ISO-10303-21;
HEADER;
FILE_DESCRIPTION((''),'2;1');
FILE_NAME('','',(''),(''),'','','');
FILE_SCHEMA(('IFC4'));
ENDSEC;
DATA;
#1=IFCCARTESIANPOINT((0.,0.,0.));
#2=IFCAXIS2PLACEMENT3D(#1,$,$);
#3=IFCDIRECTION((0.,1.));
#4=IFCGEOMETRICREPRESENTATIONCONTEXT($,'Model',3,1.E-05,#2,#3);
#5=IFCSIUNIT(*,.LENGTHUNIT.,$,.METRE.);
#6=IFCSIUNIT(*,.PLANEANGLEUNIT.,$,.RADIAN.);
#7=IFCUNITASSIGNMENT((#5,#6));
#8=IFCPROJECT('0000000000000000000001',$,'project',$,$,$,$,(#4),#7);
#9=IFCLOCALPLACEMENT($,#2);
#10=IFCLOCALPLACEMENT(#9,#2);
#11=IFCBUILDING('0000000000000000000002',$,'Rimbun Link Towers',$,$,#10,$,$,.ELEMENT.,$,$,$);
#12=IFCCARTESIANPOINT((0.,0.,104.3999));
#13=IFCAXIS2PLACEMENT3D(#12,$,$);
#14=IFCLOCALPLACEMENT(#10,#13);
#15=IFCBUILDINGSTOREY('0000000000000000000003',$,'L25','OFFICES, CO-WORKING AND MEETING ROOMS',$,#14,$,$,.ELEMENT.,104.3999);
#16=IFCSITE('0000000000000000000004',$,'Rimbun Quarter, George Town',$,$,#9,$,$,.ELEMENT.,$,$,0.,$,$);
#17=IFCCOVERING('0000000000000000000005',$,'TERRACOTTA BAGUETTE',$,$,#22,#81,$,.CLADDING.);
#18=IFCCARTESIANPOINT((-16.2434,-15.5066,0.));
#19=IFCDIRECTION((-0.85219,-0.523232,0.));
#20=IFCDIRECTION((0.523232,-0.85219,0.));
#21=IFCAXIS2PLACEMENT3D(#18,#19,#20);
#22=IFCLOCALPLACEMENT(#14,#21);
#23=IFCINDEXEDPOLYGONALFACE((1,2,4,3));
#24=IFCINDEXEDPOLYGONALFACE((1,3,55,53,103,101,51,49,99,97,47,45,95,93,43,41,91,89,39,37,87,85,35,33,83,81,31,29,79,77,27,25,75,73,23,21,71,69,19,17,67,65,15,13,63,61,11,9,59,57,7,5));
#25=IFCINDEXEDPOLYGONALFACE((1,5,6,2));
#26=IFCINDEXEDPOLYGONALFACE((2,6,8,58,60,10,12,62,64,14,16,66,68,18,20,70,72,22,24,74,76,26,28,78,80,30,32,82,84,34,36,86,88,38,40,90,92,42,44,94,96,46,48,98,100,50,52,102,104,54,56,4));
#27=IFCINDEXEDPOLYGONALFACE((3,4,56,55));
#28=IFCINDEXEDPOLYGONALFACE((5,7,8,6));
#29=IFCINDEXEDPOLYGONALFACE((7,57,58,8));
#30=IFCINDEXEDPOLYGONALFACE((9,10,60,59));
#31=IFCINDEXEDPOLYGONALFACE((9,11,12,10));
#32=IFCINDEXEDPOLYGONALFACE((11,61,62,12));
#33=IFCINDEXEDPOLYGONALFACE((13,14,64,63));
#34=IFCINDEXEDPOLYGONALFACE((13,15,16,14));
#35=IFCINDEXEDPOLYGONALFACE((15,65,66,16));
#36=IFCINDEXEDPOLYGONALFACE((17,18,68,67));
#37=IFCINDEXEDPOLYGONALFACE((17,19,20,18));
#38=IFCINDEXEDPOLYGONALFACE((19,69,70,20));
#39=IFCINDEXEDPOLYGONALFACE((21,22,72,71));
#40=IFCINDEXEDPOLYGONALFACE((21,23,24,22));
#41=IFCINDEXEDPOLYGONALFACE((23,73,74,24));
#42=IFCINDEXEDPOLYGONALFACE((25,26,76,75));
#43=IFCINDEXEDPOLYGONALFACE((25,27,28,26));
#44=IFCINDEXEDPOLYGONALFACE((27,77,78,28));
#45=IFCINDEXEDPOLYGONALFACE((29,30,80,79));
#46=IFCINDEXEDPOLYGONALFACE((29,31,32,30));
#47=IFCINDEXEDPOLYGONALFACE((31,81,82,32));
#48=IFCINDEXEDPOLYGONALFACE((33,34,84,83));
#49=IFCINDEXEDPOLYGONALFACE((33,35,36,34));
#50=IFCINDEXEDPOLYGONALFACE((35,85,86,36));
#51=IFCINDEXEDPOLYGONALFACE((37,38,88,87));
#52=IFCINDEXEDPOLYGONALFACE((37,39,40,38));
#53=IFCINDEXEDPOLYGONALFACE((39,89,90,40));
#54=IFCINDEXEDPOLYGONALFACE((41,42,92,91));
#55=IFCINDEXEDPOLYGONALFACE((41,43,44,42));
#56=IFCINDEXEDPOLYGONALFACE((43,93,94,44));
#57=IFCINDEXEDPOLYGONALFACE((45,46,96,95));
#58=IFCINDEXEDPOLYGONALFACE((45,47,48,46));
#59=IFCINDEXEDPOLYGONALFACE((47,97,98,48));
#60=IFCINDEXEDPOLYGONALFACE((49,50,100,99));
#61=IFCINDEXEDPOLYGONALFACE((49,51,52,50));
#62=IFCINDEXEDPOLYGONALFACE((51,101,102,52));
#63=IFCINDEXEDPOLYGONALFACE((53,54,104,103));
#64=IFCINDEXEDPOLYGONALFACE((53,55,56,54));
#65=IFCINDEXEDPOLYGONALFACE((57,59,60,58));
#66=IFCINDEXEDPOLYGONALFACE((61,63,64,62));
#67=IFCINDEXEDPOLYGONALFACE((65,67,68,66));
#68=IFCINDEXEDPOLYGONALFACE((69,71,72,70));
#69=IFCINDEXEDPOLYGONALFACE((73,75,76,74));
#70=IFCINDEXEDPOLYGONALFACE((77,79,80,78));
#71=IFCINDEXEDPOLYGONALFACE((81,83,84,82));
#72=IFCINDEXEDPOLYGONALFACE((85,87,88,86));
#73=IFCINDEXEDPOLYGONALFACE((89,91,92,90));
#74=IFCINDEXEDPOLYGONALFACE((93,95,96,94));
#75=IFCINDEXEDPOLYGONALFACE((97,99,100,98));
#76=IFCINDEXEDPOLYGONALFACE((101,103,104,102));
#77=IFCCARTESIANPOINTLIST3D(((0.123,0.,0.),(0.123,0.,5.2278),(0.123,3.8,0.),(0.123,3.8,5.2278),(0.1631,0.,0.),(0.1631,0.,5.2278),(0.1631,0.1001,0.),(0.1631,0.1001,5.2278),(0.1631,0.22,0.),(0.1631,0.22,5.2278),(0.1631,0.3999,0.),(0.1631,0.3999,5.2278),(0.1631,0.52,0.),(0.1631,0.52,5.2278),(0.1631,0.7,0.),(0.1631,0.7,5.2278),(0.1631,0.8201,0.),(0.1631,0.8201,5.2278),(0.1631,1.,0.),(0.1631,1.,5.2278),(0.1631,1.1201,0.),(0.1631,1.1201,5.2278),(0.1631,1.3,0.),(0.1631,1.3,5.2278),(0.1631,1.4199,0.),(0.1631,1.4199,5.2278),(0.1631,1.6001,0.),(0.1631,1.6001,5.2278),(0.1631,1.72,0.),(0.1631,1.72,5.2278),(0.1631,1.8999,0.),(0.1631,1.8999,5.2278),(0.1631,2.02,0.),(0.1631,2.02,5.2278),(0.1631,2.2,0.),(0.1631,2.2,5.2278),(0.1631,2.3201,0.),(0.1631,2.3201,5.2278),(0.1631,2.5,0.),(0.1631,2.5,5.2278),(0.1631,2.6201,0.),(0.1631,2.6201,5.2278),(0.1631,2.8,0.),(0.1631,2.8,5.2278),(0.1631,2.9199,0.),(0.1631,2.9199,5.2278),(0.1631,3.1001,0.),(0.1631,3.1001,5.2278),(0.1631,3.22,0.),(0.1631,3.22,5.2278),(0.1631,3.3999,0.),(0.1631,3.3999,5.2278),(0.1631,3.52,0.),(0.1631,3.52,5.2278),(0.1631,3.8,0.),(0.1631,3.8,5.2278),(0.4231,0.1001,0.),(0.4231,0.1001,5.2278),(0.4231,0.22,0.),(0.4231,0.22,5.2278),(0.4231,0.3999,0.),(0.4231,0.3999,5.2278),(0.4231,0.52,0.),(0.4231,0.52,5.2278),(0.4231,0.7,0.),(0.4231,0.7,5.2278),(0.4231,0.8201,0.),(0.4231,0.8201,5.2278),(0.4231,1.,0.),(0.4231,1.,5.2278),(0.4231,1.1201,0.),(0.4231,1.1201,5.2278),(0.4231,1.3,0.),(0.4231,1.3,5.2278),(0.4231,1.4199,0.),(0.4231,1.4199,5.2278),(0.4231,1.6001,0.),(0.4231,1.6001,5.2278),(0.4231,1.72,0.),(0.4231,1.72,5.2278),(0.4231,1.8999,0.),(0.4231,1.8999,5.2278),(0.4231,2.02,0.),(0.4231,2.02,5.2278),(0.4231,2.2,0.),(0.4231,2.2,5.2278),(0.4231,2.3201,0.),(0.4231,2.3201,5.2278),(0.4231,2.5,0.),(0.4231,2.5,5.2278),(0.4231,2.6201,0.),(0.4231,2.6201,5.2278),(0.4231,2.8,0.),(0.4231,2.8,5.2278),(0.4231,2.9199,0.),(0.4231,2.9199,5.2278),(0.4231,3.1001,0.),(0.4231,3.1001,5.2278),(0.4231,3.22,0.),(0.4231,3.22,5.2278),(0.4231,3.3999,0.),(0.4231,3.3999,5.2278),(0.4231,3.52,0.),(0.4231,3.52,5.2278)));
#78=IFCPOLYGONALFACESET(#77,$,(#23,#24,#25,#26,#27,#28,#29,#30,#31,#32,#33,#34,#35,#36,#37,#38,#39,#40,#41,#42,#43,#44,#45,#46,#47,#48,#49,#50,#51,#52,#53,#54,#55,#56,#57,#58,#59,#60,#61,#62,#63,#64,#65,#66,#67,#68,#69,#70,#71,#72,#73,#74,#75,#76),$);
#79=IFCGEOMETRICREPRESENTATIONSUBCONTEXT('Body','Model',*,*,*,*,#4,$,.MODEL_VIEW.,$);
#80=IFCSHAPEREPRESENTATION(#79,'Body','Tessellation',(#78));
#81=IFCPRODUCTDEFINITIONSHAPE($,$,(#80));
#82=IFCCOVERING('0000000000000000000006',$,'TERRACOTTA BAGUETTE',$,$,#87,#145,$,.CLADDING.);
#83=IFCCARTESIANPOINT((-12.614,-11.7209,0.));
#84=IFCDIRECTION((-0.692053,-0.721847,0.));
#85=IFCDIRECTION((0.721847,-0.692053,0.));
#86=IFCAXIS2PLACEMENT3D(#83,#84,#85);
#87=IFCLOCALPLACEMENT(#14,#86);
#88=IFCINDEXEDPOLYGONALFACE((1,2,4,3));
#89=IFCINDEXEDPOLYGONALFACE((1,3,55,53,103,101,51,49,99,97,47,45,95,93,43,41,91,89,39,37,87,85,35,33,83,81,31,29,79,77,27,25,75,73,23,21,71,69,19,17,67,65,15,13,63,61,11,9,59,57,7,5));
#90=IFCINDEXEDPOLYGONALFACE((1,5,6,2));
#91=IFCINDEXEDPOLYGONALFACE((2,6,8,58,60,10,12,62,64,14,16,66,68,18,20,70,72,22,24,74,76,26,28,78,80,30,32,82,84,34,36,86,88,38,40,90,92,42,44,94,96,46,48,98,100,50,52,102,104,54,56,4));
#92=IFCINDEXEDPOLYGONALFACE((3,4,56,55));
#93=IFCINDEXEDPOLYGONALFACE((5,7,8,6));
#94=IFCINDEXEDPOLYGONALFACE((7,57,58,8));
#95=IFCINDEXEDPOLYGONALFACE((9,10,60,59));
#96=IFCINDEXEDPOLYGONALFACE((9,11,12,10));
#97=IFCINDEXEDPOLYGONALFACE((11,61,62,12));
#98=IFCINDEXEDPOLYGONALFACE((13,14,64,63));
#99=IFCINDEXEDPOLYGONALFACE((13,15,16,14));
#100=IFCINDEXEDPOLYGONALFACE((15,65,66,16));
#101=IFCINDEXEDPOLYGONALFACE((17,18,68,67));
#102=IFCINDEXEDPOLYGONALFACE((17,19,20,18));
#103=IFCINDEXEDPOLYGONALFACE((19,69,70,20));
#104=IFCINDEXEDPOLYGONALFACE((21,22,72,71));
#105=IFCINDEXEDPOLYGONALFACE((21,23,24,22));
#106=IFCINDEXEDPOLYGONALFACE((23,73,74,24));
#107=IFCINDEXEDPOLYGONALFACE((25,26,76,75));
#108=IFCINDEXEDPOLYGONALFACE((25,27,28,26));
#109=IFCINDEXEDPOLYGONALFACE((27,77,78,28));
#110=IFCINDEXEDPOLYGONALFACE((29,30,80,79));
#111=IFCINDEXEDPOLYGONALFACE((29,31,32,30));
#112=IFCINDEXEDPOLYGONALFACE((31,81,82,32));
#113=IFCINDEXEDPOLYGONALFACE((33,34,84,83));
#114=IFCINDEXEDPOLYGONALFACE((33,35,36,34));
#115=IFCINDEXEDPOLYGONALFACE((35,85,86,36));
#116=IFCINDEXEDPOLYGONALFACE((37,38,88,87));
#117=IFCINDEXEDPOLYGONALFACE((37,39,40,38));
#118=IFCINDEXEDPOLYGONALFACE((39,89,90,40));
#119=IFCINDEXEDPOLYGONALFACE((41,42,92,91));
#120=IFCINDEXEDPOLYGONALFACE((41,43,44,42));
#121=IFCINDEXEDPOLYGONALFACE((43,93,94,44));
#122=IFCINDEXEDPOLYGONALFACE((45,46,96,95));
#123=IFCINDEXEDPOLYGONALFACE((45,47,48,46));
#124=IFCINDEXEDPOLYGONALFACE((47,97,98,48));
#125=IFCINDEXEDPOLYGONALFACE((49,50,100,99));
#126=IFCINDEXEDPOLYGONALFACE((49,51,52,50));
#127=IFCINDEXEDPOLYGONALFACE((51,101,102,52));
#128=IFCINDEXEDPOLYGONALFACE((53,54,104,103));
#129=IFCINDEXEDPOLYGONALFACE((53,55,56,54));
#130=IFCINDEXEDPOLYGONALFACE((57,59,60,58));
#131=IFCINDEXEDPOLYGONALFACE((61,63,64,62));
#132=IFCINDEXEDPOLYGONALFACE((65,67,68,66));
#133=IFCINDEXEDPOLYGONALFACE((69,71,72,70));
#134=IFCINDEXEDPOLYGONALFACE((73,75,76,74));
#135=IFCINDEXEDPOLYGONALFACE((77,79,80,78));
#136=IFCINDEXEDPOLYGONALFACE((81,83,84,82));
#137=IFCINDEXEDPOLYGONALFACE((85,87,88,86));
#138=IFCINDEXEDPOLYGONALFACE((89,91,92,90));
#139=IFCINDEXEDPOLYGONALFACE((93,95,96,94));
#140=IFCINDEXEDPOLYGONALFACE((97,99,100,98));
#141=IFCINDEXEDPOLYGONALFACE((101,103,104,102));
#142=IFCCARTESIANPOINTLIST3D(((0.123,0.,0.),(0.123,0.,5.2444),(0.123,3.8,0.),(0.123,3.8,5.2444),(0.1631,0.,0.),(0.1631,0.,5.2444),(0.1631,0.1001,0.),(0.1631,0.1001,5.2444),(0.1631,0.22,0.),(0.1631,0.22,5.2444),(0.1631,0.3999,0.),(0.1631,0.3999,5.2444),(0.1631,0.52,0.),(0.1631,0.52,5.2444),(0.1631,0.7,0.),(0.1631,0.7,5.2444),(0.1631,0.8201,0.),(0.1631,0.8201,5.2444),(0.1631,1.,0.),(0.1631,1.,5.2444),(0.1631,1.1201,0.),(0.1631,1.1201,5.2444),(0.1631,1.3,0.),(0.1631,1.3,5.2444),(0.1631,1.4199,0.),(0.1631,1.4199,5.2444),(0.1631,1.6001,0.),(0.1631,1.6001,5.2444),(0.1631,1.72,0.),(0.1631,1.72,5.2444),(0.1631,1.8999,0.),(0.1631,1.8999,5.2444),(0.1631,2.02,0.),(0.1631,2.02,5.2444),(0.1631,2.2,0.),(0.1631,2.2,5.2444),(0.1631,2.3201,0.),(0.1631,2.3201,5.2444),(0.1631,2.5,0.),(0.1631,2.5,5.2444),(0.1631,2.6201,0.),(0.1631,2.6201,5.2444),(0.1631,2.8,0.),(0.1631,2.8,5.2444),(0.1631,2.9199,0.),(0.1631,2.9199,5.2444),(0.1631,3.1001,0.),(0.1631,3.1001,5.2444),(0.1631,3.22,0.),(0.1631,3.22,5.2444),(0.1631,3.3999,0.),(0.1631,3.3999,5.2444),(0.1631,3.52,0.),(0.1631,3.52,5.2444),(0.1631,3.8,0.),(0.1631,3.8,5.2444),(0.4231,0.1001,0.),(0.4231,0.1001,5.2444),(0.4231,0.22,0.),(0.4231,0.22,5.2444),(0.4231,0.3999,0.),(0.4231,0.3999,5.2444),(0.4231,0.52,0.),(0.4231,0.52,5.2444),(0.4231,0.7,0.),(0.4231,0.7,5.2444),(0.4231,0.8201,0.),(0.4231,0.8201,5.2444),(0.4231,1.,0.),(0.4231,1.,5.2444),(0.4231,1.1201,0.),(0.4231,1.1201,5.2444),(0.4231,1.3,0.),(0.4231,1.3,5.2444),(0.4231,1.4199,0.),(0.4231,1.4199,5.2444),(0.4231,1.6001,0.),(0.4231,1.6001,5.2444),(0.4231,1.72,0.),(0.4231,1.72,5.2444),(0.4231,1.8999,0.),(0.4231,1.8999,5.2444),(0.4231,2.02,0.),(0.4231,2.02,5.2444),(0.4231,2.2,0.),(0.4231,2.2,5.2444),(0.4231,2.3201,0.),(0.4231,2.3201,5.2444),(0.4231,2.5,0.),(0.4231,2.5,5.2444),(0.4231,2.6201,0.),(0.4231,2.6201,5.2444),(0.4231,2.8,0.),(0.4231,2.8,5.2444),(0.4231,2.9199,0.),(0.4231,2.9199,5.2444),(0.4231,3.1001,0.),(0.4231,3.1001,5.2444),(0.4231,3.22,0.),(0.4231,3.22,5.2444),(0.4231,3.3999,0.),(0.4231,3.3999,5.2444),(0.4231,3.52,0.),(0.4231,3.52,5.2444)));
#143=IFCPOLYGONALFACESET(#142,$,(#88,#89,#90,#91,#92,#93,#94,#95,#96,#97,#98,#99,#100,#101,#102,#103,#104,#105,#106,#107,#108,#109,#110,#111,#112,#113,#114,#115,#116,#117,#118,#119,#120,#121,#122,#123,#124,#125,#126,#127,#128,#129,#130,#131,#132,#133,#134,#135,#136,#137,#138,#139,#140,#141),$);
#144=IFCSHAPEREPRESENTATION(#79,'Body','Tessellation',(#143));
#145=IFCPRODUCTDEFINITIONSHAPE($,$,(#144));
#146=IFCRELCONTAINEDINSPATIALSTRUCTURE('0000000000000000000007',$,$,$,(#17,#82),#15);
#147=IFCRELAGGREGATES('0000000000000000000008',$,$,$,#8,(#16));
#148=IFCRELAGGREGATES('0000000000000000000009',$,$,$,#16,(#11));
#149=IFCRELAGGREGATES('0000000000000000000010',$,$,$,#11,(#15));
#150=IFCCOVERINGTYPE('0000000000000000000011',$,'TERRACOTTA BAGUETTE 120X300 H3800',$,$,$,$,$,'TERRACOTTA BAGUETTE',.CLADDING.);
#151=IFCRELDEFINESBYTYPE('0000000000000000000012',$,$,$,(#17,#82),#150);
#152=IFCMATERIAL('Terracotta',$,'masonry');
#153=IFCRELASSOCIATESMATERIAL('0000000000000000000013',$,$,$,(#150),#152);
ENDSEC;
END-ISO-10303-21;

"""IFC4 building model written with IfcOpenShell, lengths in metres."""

from ifc_helpers import new_model, si_unit, direction, frame, origin, place, context, subcontext, project, spatial, polyline, outline, extrude, material, material_profile, profile_set, type_object, element, save


model = new_model("IFC4")

# Units and contexts
model_context = context("Model", 3, precision=1e-05, world=origin(), true_north=direction((0.0, 1.0)))
body_context = subcontext(model_context, "Body", "Model", "MODEL_VIEW")
ifc_project = project(units=[si_unit("LENGTHUNIT", "METRE"), si_unit("PLANEANGLEUNIT", "RADIAN")], contexts=[model_context])

# Site, building, storey
site_placement = place(None, origin())
site = spatial("IfcSite", under=ifc_project, at=site_placement, Name="Rimbun Quarter, George Town", CompositionType="ELEMENT", RefElevation=0.0)
building_placement = place(site_placement, origin())
building = spatial("IfcBuilding", under=site, at=building_placement, Name="Rimbun Link Towers", CompositionType="ELEMENT")
storey_placement = place(building_placement, frame((0.0, 0.0, 104.3999)))
storey = spatial("IfcBuildingStorey", under=building, at=storey_placement, Name="L25", Description="OFFICES, CO-WORKING AND MEETING ROOMS", CompositionType="ELEMENT", Elevation=104.3999)

# Coverings
ifc_material_1 = material(Name="Terracotta", Category="masonry")
ifc_material_profile_1 = material_profile(ifc_material_1, outline(polyline([(0.123, 0.0), (0.1631, 0.0), (0.1631, 0.1001), (0.4231, 0.1001), (0.4231, 0.22), (0.1631, 0.22), (0.1631, 0.3999), (0.4231, 0.3999), (0.4231, 0.52), (0.1631, 0.52), (0.1631, 0.7), (0.4231, 0.7), (0.4231, 0.8201), (0.1631, 0.8201), (0.1631, 1.0), (0.4231, 1.0), (0.4231, 1.1201), (0.1631, 1.1201), (0.1631, 1.3), (0.4231, 1.3), (0.4231, 1.4199), (0.1631, 1.4199), (0.1631, 1.6001), (0.4231, 1.6001), (0.4231, 1.72), (0.1631, 1.72), (0.1631, 1.8999), (0.4231, 1.8999), (0.4231, 2.02), (0.1631, 2.02), (0.1631, 2.2), (0.4231, 2.2), (0.4231, 2.3201), (0.1631, 2.3201), (0.1631, 2.5), (0.4231, 2.5), (0.4231, 2.6201), (0.1631, 2.6201), (0.1631, 2.8), (0.4231, 2.8), (0.4231, 2.9199), (0.1631, 2.9199), (0.1631, 3.1001), (0.4231, 3.1001), (0.4231, 3.22), (0.1631, 3.22), (0.1631, 3.3999), (0.4231, 3.3999), (0.4231, 3.52), (0.1631, 3.52), (0.1631, 3.8), (0.123, 3.8), (0.123, 0.0)])), Name="BAGUETTE 120X300")
ifc_profile_set_1 = profile_set([ifc_material_profile_1], Name="Terracotta")
covering_type = type_object("IfcCoveringType", Name="TERRACOTTA BAGUETTE 120X300 H3800", ElementType="TERRACOTTA BAGUETTE", PredefinedType="CLADDING", material=ifc_profile_set_1)
covering_1_placement = place(storey_placement, frame((-16.2434, -15.5066, 0.0), z_axis=(-0.85219, -0.523232, 0.0), x_axis=(0.523232, -0.85219, 0.0)))
element("IfcCovering", 1, at=covering_1_placement, inside=storey, type_object=covering_type, Name="TERRACOTTA BAGUETTE", PredefinedType="CLADDING", context=body_context, shape_type="SweptSolid", body=[
    extrude(outline(polyline([(0.123, 0.0), (0.1631, 0.0), (0.1631, 0.1001), (0.4231, 0.1001), (0.4231, 0.22), (0.1631, 0.22), (0.1631, 0.3999), (0.4231, 0.3999), (0.4231, 0.52), (0.1631, 0.52), (0.1631, 0.7), (0.4231, 0.7), (0.4231, 0.8201), (0.1631, 0.8201), (0.1631, 1.0), (0.4231, 1.0), (0.4231, 1.1201), (0.1631, 1.1201), (0.1631, 1.3), (0.4231, 1.3), (0.4231, 1.4199), (0.1631, 1.4199), (0.1631, 1.6001), (0.4231, 1.6001), (0.4231, 1.72), (0.1631, 1.72), (0.1631, 1.8999), (0.4231, 1.8999), (0.4231, 2.02), (0.1631, 2.02), (0.1631, 2.2), (0.4231, 2.2), (0.4231, 2.3201), (0.1631, 2.3201), (0.1631, 2.5), (0.4231, 2.5), (0.4231, 2.6201), (0.1631, 2.6201), (0.1631, 2.8), (0.4231, 2.8), (0.4231, 2.9199), (0.1631, 2.9199), (0.1631, 3.1001), (0.4231, 3.1001), (0.4231, 3.22), (0.1631, 3.22), (0.1631, 3.3999), (0.4231, 3.3999), (0.4231, 3.52), (0.1631, 3.52), (0.1631, 3.8), (0.123, 3.8), (0.123, 0.0)])), origin(), (0.0, 0.0, 1.0), 5.2278),
])
covering_2_placement = place(storey_placement, frame((-12.614, -11.7209, 0.0), z_axis=(-0.692053, -0.721847, 0.0), x_axis=(0.721847, -0.692053, 0.0)))
element("IfcCovering", 2, at=covering_2_placement, inside=storey, type_object=covering_type, Name="TERRACOTTA BAGUETTE", PredefinedType="CLADDING", context=body_context, shape_type="SweptSolid", body=[
    extrude(outline(polyline([(0.123, 0.0), (0.1631, 0.0), (0.1631, 0.1001), (0.4231, 0.1001), (0.4231, 0.22), (0.1631, 0.22), (0.1631, 0.3999), (0.4231, 0.3999), (0.4231, 0.52), (0.1631, 0.52), (0.1631, 0.7), (0.4231, 0.7), (0.4231, 0.8201), (0.1631, 0.8201), (0.1631, 1.0), (0.4231, 1.0), (0.4231, 1.1201), (0.1631, 1.1201), (0.1631, 1.3), (0.4231, 1.3), (0.4231, 1.4199), (0.1631, 1.4199), (0.1631, 1.6001), (0.4231, 1.6001), (0.4231, 1.72), (0.1631, 1.72), (0.1631, 1.8999), (0.4231, 1.8999), (0.4231, 2.02), (0.1631, 2.02), (0.1631, 2.2), (0.4231, 2.2), (0.4231, 2.3201), (0.1631, 2.3201), (0.1631, 2.5), (0.4231, 2.5), (0.4231, 2.6201), (0.1631, 2.6201), (0.1631, 2.8), (0.4231, 2.8), (0.4231, 2.9199), (0.1631, 2.9199), (0.1631, 3.1001), (0.4231, 3.1001), (0.4231, 3.22), (0.1631, 3.22), (0.1631, 3.3999), (0.4231, 3.3999), (0.4231, 3.52), (0.1631, 3.52), (0.1631, 3.8), (0.123, 3.8), (0.123, 0.0)])), origin(), (0.0, 0.0, 1.0), 5.2444),
])

save(model, "model.ifc")
